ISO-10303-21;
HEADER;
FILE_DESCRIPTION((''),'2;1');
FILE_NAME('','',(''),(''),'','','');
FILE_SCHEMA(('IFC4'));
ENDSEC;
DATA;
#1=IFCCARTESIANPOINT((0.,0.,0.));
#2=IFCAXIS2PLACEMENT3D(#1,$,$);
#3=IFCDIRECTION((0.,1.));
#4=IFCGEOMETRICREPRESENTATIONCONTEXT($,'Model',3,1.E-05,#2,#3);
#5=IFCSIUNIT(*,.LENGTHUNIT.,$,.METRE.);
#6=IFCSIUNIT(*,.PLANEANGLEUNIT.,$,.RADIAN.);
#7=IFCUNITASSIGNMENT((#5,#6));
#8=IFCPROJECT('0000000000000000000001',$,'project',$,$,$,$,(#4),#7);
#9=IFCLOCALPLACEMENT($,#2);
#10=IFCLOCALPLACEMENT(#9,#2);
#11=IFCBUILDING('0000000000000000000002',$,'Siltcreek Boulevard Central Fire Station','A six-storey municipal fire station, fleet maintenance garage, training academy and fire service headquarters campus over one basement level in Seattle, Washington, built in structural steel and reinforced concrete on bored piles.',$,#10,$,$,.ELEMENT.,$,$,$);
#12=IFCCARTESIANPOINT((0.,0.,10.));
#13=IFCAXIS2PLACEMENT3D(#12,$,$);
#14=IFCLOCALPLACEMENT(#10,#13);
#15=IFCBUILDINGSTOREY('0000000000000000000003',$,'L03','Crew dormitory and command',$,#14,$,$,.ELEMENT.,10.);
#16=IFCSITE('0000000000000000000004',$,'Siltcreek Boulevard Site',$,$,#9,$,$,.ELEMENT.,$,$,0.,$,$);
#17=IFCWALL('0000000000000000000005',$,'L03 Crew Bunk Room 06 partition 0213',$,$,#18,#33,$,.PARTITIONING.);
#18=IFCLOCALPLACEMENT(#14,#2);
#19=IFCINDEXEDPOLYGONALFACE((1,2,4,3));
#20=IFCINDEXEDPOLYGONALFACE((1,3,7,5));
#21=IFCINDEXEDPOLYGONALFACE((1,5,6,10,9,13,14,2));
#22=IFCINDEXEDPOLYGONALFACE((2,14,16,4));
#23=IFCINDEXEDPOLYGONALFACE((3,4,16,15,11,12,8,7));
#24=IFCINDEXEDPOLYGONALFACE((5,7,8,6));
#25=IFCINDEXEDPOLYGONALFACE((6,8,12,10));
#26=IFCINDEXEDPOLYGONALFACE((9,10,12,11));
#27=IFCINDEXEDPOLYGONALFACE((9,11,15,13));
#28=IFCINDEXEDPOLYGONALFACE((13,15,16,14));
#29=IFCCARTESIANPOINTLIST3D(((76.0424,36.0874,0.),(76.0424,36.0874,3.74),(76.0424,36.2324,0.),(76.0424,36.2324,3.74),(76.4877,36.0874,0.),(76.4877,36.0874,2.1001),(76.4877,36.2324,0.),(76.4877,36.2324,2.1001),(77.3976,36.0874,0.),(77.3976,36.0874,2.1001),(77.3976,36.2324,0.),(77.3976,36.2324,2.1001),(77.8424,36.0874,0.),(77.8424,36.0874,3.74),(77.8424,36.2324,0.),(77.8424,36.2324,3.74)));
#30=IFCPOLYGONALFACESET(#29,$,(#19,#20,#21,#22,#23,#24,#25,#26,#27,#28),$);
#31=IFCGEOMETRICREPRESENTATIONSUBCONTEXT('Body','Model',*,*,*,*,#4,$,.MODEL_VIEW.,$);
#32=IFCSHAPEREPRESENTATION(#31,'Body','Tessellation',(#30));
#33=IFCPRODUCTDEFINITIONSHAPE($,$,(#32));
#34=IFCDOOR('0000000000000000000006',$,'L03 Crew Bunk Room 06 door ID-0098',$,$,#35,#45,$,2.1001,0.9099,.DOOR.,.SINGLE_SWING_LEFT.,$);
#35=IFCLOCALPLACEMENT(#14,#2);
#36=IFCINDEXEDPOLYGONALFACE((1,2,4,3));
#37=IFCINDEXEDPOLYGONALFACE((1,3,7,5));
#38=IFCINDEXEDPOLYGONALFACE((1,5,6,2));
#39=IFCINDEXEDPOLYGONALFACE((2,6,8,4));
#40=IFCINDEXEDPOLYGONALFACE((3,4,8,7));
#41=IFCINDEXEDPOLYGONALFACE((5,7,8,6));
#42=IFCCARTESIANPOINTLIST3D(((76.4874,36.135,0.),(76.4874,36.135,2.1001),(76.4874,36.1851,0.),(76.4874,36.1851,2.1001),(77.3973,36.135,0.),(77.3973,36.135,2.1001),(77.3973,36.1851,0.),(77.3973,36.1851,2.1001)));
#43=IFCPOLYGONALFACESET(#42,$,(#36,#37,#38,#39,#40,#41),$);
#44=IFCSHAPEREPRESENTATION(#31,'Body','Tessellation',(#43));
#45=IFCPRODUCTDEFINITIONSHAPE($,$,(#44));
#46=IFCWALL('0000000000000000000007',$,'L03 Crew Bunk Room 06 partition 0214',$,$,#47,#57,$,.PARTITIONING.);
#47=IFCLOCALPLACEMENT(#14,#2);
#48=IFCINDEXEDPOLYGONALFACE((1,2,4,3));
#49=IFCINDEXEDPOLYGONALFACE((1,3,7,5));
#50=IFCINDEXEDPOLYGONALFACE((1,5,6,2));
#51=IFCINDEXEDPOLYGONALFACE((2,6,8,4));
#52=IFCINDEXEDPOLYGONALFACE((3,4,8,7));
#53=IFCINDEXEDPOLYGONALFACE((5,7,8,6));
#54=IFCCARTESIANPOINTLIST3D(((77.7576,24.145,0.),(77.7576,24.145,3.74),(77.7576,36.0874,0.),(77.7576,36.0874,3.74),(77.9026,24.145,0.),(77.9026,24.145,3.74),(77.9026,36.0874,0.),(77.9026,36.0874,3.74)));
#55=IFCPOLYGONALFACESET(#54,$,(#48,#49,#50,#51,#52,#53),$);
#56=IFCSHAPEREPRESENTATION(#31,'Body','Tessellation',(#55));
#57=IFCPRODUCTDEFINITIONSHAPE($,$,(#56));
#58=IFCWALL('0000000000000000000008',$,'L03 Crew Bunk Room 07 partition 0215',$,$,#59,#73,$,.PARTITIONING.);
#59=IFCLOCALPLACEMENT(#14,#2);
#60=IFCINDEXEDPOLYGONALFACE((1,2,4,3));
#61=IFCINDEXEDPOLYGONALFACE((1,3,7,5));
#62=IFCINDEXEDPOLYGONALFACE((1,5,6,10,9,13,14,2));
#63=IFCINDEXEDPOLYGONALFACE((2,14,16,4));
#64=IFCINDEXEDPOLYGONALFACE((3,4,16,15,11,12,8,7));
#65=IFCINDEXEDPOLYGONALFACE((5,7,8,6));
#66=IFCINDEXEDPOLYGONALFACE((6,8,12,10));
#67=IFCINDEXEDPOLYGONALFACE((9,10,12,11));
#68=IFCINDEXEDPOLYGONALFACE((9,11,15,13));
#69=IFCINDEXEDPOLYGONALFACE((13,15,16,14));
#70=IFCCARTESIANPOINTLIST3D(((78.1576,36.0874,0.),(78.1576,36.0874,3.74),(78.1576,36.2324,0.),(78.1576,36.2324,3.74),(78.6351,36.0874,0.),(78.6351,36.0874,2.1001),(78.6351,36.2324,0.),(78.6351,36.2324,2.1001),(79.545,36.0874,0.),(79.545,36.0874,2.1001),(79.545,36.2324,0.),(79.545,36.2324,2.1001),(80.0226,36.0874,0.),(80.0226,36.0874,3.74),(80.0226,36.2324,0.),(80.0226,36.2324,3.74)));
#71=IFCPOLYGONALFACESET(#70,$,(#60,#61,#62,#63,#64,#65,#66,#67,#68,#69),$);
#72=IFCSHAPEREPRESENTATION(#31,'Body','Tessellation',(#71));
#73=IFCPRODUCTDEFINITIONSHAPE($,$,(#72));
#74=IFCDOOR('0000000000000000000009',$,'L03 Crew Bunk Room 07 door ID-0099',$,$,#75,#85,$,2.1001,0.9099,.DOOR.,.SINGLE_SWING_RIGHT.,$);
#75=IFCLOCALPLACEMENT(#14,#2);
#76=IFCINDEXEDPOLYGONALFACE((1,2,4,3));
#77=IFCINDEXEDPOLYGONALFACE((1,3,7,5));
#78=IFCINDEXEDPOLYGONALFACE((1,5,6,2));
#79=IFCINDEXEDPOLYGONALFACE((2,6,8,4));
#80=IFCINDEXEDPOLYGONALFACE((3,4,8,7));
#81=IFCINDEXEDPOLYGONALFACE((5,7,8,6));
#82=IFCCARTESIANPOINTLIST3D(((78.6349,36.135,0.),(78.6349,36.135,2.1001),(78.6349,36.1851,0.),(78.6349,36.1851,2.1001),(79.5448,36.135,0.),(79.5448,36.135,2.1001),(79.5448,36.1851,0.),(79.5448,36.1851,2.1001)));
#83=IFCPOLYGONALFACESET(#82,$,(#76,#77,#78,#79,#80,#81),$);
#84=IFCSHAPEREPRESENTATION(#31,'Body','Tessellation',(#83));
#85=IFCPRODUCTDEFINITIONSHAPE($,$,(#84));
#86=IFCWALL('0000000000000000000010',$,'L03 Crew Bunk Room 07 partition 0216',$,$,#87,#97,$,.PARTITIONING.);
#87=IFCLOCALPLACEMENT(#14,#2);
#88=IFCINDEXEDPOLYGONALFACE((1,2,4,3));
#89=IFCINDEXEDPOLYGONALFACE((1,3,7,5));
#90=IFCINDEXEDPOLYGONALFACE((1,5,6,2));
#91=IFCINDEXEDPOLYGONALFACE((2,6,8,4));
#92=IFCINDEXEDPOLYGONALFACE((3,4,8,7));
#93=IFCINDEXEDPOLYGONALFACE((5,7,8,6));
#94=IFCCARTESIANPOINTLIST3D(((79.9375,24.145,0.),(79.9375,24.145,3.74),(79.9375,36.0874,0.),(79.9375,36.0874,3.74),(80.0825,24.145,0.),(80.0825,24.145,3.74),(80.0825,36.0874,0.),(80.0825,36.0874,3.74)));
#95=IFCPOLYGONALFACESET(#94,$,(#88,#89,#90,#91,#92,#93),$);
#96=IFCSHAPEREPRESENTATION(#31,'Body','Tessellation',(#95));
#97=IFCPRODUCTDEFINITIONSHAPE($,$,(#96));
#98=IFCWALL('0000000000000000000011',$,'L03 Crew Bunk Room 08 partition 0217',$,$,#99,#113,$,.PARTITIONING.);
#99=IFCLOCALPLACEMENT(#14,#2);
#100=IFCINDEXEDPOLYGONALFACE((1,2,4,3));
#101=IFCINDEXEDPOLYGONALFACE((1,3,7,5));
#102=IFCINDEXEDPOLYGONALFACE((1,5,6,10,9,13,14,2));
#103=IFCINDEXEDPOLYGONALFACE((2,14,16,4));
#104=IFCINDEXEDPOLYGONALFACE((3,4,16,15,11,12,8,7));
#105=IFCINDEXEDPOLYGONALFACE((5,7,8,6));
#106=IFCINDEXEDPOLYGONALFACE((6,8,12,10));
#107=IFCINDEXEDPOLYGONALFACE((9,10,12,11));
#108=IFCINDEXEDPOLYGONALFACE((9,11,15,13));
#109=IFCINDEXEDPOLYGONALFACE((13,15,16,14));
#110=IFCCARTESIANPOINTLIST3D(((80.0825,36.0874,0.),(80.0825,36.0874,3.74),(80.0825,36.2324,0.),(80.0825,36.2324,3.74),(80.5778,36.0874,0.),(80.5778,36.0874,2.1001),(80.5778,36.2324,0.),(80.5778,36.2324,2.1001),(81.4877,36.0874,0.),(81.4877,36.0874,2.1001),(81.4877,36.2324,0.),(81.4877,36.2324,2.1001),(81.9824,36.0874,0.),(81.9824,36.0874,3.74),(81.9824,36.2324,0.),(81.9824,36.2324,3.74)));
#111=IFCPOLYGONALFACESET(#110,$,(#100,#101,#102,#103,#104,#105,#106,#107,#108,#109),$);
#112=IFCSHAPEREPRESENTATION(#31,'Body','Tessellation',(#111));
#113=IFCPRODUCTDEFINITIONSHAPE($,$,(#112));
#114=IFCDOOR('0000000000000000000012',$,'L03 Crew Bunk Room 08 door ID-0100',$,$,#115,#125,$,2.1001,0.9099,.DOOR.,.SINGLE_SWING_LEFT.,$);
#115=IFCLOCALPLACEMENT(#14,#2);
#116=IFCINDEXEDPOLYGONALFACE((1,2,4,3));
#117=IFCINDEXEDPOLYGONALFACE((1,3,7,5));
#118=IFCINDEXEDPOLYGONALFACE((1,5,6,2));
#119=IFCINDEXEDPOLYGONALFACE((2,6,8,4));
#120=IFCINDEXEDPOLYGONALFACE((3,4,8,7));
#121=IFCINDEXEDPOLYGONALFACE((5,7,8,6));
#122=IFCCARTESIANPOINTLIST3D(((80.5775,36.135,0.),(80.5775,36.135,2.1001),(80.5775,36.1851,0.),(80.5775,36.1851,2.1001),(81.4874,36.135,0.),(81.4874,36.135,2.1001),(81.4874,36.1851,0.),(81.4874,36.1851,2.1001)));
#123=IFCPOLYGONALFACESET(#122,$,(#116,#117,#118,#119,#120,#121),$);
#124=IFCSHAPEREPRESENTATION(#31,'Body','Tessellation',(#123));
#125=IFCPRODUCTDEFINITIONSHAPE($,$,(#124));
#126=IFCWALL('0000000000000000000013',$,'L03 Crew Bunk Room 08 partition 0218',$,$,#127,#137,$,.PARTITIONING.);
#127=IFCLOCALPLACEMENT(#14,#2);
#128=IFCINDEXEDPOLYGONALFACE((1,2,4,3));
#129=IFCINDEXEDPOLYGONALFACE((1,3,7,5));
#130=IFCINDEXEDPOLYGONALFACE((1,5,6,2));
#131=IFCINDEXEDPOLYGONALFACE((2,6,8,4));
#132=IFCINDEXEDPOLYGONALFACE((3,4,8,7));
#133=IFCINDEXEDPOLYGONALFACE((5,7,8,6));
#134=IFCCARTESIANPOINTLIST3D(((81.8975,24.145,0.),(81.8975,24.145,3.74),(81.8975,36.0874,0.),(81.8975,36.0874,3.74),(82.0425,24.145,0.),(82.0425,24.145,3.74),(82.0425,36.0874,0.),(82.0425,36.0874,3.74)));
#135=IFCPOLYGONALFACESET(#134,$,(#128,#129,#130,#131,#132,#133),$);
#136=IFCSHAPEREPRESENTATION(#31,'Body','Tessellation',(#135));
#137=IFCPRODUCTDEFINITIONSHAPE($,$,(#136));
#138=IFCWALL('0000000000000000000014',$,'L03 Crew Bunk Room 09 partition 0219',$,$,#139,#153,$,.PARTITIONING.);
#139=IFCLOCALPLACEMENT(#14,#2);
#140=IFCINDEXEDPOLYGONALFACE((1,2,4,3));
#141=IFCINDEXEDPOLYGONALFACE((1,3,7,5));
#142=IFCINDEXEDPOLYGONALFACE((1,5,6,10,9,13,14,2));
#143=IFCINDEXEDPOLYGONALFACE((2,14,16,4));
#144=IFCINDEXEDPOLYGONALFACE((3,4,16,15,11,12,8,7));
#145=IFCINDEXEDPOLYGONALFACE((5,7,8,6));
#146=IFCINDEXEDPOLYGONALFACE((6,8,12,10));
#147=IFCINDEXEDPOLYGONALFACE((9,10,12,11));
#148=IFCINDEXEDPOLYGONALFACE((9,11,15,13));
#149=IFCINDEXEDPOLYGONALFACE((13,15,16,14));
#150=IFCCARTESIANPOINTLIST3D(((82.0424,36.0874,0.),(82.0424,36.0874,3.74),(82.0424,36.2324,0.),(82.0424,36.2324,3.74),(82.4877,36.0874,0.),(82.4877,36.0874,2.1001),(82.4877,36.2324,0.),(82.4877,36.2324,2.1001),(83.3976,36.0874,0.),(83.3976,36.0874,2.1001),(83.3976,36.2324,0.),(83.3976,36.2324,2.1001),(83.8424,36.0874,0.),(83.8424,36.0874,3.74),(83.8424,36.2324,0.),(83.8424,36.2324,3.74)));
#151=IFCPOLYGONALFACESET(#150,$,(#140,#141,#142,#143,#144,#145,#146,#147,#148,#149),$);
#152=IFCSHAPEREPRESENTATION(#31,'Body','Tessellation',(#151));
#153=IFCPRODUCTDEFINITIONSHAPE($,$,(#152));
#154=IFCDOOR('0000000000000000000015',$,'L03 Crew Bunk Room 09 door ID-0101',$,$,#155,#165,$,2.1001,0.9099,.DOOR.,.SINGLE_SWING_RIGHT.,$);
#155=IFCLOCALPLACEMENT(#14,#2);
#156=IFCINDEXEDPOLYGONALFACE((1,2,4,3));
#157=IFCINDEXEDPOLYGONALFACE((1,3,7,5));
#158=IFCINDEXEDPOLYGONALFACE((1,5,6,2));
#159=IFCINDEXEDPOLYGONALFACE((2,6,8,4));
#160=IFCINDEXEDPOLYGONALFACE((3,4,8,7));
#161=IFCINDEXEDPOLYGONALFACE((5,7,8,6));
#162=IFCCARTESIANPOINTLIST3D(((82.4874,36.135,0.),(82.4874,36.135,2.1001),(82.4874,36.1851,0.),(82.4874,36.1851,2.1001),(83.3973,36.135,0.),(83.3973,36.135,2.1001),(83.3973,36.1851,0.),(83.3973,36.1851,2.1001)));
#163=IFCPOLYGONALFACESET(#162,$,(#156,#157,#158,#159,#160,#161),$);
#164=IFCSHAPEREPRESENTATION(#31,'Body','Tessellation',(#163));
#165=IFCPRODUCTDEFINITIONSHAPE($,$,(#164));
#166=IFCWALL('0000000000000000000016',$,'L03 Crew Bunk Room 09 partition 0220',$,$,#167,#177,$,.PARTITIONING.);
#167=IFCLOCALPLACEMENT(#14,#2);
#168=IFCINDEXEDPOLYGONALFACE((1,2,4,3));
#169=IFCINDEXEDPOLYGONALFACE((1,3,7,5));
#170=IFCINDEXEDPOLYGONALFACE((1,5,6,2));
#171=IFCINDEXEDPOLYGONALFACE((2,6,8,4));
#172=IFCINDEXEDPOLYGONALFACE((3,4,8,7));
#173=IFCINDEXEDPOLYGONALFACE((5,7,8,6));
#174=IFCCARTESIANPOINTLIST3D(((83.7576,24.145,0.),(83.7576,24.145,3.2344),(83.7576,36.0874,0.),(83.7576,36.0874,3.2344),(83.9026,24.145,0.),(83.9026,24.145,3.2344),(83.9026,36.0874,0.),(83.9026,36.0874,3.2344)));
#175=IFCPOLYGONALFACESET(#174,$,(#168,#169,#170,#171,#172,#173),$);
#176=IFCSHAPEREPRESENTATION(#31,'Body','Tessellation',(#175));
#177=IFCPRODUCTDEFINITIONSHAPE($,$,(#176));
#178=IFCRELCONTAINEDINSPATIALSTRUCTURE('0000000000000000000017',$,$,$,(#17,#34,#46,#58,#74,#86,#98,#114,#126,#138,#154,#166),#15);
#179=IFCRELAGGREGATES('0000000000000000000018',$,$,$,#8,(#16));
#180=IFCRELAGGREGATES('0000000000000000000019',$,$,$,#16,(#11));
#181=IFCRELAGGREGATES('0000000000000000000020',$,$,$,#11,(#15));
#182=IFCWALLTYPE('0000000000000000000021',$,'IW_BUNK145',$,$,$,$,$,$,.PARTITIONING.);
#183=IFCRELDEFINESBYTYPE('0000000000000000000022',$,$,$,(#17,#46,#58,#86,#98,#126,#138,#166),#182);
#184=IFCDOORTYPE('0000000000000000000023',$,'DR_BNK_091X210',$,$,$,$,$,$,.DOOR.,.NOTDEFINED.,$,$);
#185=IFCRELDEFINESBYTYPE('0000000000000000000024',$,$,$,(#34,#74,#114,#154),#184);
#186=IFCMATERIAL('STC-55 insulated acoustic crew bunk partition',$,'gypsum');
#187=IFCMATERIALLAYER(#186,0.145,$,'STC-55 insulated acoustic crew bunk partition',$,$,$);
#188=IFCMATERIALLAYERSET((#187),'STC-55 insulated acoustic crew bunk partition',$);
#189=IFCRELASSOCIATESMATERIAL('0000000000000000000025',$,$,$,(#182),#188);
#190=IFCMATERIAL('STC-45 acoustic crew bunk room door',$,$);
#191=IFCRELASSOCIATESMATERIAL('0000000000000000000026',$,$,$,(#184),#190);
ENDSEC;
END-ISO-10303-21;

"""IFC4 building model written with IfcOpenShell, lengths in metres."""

from ifc_helpers import new_model, si_unit, direction, frame, frame_2d, origin, place, context, subcontext, project, spatial, rectangle, extrude, material, layer, layer_set, type_object, element, fill, save


model = new_model("IFC4")

# Units and contexts
model_context = context("Model", 3, precision=1e-05, world=origin(), true_north=direction((0.0, 1.0)))
body_context = subcontext(model_context, "Body", "Model", "MODEL_VIEW")
ifc_project = project(units=[si_unit("LENGTHUNIT", "METRE"), si_unit("PLANEANGLEUNIT", "RADIAN")], contexts=[model_context])

# Site, building, storey
site_placement = place(None, origin())
site = spatial("IfcSite", under=ifc_project, at=site_placement, Name="Siltcreek Boulevard Site", CompositionType="ELEMENT", RefElevation=0.0)
building_placement = place(site_placement, origin())
building = spatial("IfcBuilding", under=site, at=building_placement, Name="Siltcreek Boulevard Central Fire Station", Description="A six-storey municipal fire station, fleet maintenance garage, training academy and fire service headquarters campus over one basement level in Seattle, Washington, built in structural steel and reinforced concrete on bored piles.", CompositionType="ELEMENT")
storey_placement = place(building_placement, frame((0.0, 0.0, 10.0)))
storey = spatial("IfcBuildingStorey", under=building, at=storey_placement, Name="L03", Description="Crew dormitory and command", CompositionType="ELEMENT", Elevation=10.0)

# Shared definitions
ifc_material_1 = material(Name="STC-55 insulated acoustic crew bunk partition", Category="gypsum")
ifc_layer = layer(ifc_material_1, 0.145, Name="STC-55 insulated acoustic crew bunk partition")
ifc_layer_set = layer_set([ifc_layer], Name="STC-55 insulated acoustic crew bunk partition")
wall_type = type_object("IfcWallType", Name="IW_BUNK145", PredefinedType="PARTITIONING", material=ifc_layer_set)
ifc_material_2 = material(Name="STC-45 acoustic crew bunk room door")
door_type = type_object("IfcDoorType", Name="DR_BNK_091X210", OperationType="NOTDEFINED", PredefinedType="DOOR", material=ifc_material_2)

# Wall, opening, door
wall_1_placement = place(storey_placement, frame((76.0425, 36.1599, 0.0), z_axis=(0.0, 0.0, 1.0), x_axis=(1.0, 0.0, 0.0)))
wall_1 = element("IfcWall", 1, at=wall_1_placement, inside=storey, type_object=wall_type, Name="L03 Crew Bunk Room 06 partition 0213", PredefinedType="PARTITIONING", context=body_context, shape_type="SweptSolid", body=[
    extrude(rectangle(XDim=1.8, YDim=0.145, at=frame_2d((0.8999, 0.0))), origin(), (0.0, 0.0, 1.0), 3.74),
])
opening_1_placement = place(wall_1_placement, frame((0.4451, 0.0, 0.0)))
opening_1 = element("IfcOpeningElement", 2, at=opening_1_placement, cuts=wall_1, PredefinedType="OPENING", context=body_context, shape_type="SweptSolid", body=[
    extrude(rectangle(XDim=0.9099, YDim=2.1001, at=frame_2d((0.4551, 1.05))), frame((0.0, 0.0825, 0.0), z_axis=(0.0, -1.0, 0.0), x_axis=(1.0, 0.0, 0.0)), (0.0, 0.0, 1.0), 0.165),
])
door_1_placement = place(opening_1_placement, frame((0.9099, 0.0, 0.0), z_axis=(0.0, 0.0, 1.0), x_axis=(-1.0, 0.0, 0.0)))
door_1 = element("IfcDoor", 3, at=door_1_placement, inside=storey, type_object=door_type, Name="L03 Crew Bunk Room 06 door ID-0098", OperationType="SINGLE_SWING_LEFT", OverallHeight=2.1001, OverallWidth=0.9099, PredefinedType="DOOR", context=body_context, shape_type="SweptSolid", body=[
    extrude(rectangle(XDim=0.9099, YDim=2.1001, at=frame_2d((0.4551, 1.05))), frame((0.0, 0.0249, 0.0), z_axis=(0.0, -1.0, 0.0), x_axis=(1.0, 0.0, 0.0)), (0.0, 0.0, 1.0), 0.05),
])
fill(opening_1, door_1)

# Wall
wall_2_placement = place(storey_placement, frame((77.8301, 36.0874, 0.0), z_axis=(0.0, 0.0, 1.0), x_axis=(0.0, -1.0, 0.0)))
element("IfcWall", 4, at=wall_2_placement, inside=storey, type_object=wall_type, Name="L03 Crew Bunk Room 06 partition 0214", PredefinedType="PARTITIONING", context=body_context, shape_type="SweptSolid", body=[
    extrude(rectangle(XDim=11.9424, YDim=0.145, at=frame_2d((5.9712, 0.0))), origin(), (0.0, 0.0, 1.0), 3.74),
])

# Wall, opening, door
wall_3_placement = place(storey_placement, frame((78.1575, 36.1599, 0.0), z_axis=(0.0, 0.0, 1.0), x_axis=(1.0, 0.0, 0.0)))
wall_3 = element("IfcWall", 5, at=wall_3_placement, inside=storey, type_object=wall_type, Name="L03 Crew Bunk Room 07 partition 0215", PredefinedType="PARTITIONING", context=body_context, shape_type="SweptSolid", body=[
    extrude(rectangle(XDim=1.865, YDim=0.145, at=frame_2d((0.9326, 0.0))), origin(), (0.0, 0.0, 1.0), 3.74),
])
opening_2_placement = place(wall_3_placement, frame((0.4775, 0.0, 0.0)))
opening_2 = element("IfcOpeningElement", 6, at=opening_2_placement, cuts=wall_3, PredefinedType="OPENING", context=body_context, shape_type="SweptSolid", body=[
    extrude(rectangle(XDim=0.9099, YDim=2.1001, at=frame_2d((0.4551, 1.05))), frame((0.0, 0.0825, 0.0), z_axis=(0.0, -1.0, 0.0), x_axis=(1.0, 0.0, 0.0)), (0.0, 0.0, 1.0), 0.165),
])
door_2_placement = place(opening_2_placement, frame((0.9099, 0.0, 0.0), z_axis=(0.0, 0.0, 1.0), x_axis=(-1.0, 0.0, 0.0)))
door_2 = element("IfcDoor", 7, at=door_2_placement, inside=storey, type_object=door_type, Name="L03 Crew Bunk Room 07 door ID-0099", OperationType="SINGLE_SWING_RIGHT", OverallHeight=2.1001, OverallWidth=0.9099, PredefinedType="DOOR", context=body_context, shape_type="SweptSolid", body=[
    extrude(rectangle(XDim=0.9099, YDim=2.1001, at=frame_2d((0.4551, 1.05))), frame((0.0, 0.0249, 0.0), z_axis=(0.0, -1.0, 0.0), x_axis=(1.0, 0.0, 0.0)), (0.0, 0.0, 1.0), 0.05),
])
fill(opening_2, door_2)

# Wall
wall_4_placement = place(storey_placement, frame((80.01, 36.0874, 0.0), z_axis=(0.0, 0.0, 1.0), x_axis=(0.0, -1.0, 0.0)))
element("IfcWall", 8, at=wall_4_placement, inside=storey, type_object=wall_type, Name="L03 Crew Bunk Room 07 partition 0216", PredefinedType="PARTITIONING", context=body_context, shape_type="SweptSolid", body=[
    extrude(rectangle(XDim=11.9424, YDim=0.145, at=frame_2d((5.9712, 0.0))), origin(), (0.0, 0.0, 1.0), 3.74),
])

# Wall, opening, door
wall_5_placement = place(storey_placement, frame((80.0825, 36.1599, 0.0), z_axis=(0.0, 0.0, 1.0), x_axis=(1.0, 0.0, 0.0)))
wall_5 = element("IfcWall", 9, at=wall_5_placement, inside=storey, type_object=wall_type, Name="L03 Crew Bunk Room 08 partition 0217", PredefinedType="PARTITIONING", context=body_context, shape_type="SweptSolid", body=[
    extrude(rectangle(XDim=1.8999, YDim=0.145, at=frame_2d((0.95, 0.0))), origin(), (0.0, 0.0, 1.0), 3.74),
])
opening_3_placement = place(wall_5_placement, frame((0.4951, 0.0, 0.0)))
opening_3 = element("IfcOpeningElement", 10, at=opening_3_placement, cuts=wall_5, PredefinedType="OPENING", context=body_context, shape_type="SweptSolid", body=[
    extrude(rectangle(XDim=0.9099, YDim=2.1001, at=frame_2d((0.4551, 1.05))), frame((0.0, 0.0825, 0.0), z_axis=(0.0, -1.0, 0.0), x_axis=(1.0, 0.0, 0.0)), (0.0, 0.0, 1.0), 0.165),
])
door_3_placement = place(opening_3_placement, frame((0.9099, 0.0, 0.0), z_axis=(0.0, 0.0, 1.0), x_axis=(-1.0, 0.0, 0.0)))
door_3 = element("IfcDoor", 11, at=door_3_placement, inside=storey, type_object=door_type, Name="L03 Crew Bunk Room 08 door ID-0100", OperationType="SINGLE_SWING_LEFT", OverallHeight=2.1001, OverallWidth=0.9099, PredefinedType="DOOR", context=body_context, shape_type="SweptSolid", body=[
    extrude(rectangle(XDim=0.9099, YDim=2.1001, at=frame_2d((0.4551, 1.05))), frame((0.0, 0.0249, 0.0), z_axis=(0.0, -1.0, 0.0), x_axis=(1.0, 0.0, 0.0)), (0.0, 0.0, 1.0), 0.05),
])
fill(opening_3, door_3)

# Wall
wall_6_placement = place(storey_placement, frame((81.97, 36.0874, 0.0), z_axis=(0.0, 0.0, 1.0), x_axis=(0.0, -1.0, 0.0)))
element("IfcWall", 12, at=wall_6_placement, inside=storey, type_object=wall_type, Name="L03 Crew Bunk Room 08 partition 0218", PredefinedType="PARTITIONING", context=body_context, shape_type="SweptSolid", body=[
    extrude(rectangle(XDim=11.9424, YDim=0.145, at=frame_2d((5.9712, 0.0))), origin(), (0.0, 0.0, 1.0), 3.74),
])

# Wall, opening, door
wall_7_placement = place(storey_placement, frame((82.0425, 36.1599, 0.0), z_axis=(0.0, 0.0, 1.0), x_axis=(1.0, 0.0, 0.0)))
wall_7 = element("IfcWall", 13, at=wall_7_placement, inside=storey, type_object=wall_type, Name="L03 Crew Bunk Room 09 partition 0219", PredefinedType="PARTITIONING", context=body_context, shape_type="SweptSolid", body=[
    extrude(rectangle(XDim=1.8, YDim=0.145, at=frame_2d((0.8999, 0.0))), origin(), (0.0, 0.0, 1.0), 3.74),
])
opening_4_placement = place(wall_7_placement, frame((0.4451, 0.0, 0.0)))
opening_4 = element("IfcOpeningElement", 14, at=opening_4_placement, cuts=wall_7, PredefinedType="OPENING", context=body_context, shape_type="SweptSolid", body=[
    extrude(rectangle(XDim=0.9099, YDim=2.1001, at=frame_2d((0.4551, 1.05))), frame((0.0, 0.0825, 0.0), z_axis=(0.0, -1.0, 0.0), x_axis=(1.0, 0.0, 0.0)), (0.0, 0.0, 1.0), 0.165),
])
door_4_placement = place(opening_4_placement, frame((0.9099, 0.0, 0.0), z_axis=(0.0, 0.0, 1.0), x_axis=(-1.0, 0.0, 0.0)))
door_4 = element("IfcDoor", 15, at=door_4_placement, inside=storey, type_object=door_type, Name="L03 Crew Bunk Room 09 door ID-0101", OperationType="SINGLE_SWING_RIGHT", OverallHeight=2.1001, OverallWidth=0.9099, PredefinedType="DOOR", context=body_context, shape_type="SweptSolid", body=[
    extrude(rectangle(XDim=0.9099, YDim=2.1001, at=frame_2d((0.4551, 1.05))), frame((0.0, 0.0249, 0.0), z_axis=(0.0, -1.0, 0.0), x_axis=(1.0, 0.0, 0.0)), (0.0, 0.0, 1.0), 0.05),
])
fill(opening_4, door_4)

# Wall
wall_8_placement = place(storey_placement, frame((83.8301, 36.0874, 0.0), z_axis=(0.0, 0.0, 1.0), x_axis=(0.0, -1.0, 0.0)))
element("IfcWall", 16, at=wall_8_placement, inside=storey, type_object=wall_type, Name="L03 Crew Bunk Room 09 partition 0220", PredefinedType="PARTITIONING", context=body_context, shape_type="SweptSolid", body=[
    extrude(rectangle(XDim=11.9424, YDim=0.145, at=frame_2d((5.9712, 0.0))), origin(), (0.0, 0.0, 1.0), 3.2344),
])

save(model, "model.ifc")
